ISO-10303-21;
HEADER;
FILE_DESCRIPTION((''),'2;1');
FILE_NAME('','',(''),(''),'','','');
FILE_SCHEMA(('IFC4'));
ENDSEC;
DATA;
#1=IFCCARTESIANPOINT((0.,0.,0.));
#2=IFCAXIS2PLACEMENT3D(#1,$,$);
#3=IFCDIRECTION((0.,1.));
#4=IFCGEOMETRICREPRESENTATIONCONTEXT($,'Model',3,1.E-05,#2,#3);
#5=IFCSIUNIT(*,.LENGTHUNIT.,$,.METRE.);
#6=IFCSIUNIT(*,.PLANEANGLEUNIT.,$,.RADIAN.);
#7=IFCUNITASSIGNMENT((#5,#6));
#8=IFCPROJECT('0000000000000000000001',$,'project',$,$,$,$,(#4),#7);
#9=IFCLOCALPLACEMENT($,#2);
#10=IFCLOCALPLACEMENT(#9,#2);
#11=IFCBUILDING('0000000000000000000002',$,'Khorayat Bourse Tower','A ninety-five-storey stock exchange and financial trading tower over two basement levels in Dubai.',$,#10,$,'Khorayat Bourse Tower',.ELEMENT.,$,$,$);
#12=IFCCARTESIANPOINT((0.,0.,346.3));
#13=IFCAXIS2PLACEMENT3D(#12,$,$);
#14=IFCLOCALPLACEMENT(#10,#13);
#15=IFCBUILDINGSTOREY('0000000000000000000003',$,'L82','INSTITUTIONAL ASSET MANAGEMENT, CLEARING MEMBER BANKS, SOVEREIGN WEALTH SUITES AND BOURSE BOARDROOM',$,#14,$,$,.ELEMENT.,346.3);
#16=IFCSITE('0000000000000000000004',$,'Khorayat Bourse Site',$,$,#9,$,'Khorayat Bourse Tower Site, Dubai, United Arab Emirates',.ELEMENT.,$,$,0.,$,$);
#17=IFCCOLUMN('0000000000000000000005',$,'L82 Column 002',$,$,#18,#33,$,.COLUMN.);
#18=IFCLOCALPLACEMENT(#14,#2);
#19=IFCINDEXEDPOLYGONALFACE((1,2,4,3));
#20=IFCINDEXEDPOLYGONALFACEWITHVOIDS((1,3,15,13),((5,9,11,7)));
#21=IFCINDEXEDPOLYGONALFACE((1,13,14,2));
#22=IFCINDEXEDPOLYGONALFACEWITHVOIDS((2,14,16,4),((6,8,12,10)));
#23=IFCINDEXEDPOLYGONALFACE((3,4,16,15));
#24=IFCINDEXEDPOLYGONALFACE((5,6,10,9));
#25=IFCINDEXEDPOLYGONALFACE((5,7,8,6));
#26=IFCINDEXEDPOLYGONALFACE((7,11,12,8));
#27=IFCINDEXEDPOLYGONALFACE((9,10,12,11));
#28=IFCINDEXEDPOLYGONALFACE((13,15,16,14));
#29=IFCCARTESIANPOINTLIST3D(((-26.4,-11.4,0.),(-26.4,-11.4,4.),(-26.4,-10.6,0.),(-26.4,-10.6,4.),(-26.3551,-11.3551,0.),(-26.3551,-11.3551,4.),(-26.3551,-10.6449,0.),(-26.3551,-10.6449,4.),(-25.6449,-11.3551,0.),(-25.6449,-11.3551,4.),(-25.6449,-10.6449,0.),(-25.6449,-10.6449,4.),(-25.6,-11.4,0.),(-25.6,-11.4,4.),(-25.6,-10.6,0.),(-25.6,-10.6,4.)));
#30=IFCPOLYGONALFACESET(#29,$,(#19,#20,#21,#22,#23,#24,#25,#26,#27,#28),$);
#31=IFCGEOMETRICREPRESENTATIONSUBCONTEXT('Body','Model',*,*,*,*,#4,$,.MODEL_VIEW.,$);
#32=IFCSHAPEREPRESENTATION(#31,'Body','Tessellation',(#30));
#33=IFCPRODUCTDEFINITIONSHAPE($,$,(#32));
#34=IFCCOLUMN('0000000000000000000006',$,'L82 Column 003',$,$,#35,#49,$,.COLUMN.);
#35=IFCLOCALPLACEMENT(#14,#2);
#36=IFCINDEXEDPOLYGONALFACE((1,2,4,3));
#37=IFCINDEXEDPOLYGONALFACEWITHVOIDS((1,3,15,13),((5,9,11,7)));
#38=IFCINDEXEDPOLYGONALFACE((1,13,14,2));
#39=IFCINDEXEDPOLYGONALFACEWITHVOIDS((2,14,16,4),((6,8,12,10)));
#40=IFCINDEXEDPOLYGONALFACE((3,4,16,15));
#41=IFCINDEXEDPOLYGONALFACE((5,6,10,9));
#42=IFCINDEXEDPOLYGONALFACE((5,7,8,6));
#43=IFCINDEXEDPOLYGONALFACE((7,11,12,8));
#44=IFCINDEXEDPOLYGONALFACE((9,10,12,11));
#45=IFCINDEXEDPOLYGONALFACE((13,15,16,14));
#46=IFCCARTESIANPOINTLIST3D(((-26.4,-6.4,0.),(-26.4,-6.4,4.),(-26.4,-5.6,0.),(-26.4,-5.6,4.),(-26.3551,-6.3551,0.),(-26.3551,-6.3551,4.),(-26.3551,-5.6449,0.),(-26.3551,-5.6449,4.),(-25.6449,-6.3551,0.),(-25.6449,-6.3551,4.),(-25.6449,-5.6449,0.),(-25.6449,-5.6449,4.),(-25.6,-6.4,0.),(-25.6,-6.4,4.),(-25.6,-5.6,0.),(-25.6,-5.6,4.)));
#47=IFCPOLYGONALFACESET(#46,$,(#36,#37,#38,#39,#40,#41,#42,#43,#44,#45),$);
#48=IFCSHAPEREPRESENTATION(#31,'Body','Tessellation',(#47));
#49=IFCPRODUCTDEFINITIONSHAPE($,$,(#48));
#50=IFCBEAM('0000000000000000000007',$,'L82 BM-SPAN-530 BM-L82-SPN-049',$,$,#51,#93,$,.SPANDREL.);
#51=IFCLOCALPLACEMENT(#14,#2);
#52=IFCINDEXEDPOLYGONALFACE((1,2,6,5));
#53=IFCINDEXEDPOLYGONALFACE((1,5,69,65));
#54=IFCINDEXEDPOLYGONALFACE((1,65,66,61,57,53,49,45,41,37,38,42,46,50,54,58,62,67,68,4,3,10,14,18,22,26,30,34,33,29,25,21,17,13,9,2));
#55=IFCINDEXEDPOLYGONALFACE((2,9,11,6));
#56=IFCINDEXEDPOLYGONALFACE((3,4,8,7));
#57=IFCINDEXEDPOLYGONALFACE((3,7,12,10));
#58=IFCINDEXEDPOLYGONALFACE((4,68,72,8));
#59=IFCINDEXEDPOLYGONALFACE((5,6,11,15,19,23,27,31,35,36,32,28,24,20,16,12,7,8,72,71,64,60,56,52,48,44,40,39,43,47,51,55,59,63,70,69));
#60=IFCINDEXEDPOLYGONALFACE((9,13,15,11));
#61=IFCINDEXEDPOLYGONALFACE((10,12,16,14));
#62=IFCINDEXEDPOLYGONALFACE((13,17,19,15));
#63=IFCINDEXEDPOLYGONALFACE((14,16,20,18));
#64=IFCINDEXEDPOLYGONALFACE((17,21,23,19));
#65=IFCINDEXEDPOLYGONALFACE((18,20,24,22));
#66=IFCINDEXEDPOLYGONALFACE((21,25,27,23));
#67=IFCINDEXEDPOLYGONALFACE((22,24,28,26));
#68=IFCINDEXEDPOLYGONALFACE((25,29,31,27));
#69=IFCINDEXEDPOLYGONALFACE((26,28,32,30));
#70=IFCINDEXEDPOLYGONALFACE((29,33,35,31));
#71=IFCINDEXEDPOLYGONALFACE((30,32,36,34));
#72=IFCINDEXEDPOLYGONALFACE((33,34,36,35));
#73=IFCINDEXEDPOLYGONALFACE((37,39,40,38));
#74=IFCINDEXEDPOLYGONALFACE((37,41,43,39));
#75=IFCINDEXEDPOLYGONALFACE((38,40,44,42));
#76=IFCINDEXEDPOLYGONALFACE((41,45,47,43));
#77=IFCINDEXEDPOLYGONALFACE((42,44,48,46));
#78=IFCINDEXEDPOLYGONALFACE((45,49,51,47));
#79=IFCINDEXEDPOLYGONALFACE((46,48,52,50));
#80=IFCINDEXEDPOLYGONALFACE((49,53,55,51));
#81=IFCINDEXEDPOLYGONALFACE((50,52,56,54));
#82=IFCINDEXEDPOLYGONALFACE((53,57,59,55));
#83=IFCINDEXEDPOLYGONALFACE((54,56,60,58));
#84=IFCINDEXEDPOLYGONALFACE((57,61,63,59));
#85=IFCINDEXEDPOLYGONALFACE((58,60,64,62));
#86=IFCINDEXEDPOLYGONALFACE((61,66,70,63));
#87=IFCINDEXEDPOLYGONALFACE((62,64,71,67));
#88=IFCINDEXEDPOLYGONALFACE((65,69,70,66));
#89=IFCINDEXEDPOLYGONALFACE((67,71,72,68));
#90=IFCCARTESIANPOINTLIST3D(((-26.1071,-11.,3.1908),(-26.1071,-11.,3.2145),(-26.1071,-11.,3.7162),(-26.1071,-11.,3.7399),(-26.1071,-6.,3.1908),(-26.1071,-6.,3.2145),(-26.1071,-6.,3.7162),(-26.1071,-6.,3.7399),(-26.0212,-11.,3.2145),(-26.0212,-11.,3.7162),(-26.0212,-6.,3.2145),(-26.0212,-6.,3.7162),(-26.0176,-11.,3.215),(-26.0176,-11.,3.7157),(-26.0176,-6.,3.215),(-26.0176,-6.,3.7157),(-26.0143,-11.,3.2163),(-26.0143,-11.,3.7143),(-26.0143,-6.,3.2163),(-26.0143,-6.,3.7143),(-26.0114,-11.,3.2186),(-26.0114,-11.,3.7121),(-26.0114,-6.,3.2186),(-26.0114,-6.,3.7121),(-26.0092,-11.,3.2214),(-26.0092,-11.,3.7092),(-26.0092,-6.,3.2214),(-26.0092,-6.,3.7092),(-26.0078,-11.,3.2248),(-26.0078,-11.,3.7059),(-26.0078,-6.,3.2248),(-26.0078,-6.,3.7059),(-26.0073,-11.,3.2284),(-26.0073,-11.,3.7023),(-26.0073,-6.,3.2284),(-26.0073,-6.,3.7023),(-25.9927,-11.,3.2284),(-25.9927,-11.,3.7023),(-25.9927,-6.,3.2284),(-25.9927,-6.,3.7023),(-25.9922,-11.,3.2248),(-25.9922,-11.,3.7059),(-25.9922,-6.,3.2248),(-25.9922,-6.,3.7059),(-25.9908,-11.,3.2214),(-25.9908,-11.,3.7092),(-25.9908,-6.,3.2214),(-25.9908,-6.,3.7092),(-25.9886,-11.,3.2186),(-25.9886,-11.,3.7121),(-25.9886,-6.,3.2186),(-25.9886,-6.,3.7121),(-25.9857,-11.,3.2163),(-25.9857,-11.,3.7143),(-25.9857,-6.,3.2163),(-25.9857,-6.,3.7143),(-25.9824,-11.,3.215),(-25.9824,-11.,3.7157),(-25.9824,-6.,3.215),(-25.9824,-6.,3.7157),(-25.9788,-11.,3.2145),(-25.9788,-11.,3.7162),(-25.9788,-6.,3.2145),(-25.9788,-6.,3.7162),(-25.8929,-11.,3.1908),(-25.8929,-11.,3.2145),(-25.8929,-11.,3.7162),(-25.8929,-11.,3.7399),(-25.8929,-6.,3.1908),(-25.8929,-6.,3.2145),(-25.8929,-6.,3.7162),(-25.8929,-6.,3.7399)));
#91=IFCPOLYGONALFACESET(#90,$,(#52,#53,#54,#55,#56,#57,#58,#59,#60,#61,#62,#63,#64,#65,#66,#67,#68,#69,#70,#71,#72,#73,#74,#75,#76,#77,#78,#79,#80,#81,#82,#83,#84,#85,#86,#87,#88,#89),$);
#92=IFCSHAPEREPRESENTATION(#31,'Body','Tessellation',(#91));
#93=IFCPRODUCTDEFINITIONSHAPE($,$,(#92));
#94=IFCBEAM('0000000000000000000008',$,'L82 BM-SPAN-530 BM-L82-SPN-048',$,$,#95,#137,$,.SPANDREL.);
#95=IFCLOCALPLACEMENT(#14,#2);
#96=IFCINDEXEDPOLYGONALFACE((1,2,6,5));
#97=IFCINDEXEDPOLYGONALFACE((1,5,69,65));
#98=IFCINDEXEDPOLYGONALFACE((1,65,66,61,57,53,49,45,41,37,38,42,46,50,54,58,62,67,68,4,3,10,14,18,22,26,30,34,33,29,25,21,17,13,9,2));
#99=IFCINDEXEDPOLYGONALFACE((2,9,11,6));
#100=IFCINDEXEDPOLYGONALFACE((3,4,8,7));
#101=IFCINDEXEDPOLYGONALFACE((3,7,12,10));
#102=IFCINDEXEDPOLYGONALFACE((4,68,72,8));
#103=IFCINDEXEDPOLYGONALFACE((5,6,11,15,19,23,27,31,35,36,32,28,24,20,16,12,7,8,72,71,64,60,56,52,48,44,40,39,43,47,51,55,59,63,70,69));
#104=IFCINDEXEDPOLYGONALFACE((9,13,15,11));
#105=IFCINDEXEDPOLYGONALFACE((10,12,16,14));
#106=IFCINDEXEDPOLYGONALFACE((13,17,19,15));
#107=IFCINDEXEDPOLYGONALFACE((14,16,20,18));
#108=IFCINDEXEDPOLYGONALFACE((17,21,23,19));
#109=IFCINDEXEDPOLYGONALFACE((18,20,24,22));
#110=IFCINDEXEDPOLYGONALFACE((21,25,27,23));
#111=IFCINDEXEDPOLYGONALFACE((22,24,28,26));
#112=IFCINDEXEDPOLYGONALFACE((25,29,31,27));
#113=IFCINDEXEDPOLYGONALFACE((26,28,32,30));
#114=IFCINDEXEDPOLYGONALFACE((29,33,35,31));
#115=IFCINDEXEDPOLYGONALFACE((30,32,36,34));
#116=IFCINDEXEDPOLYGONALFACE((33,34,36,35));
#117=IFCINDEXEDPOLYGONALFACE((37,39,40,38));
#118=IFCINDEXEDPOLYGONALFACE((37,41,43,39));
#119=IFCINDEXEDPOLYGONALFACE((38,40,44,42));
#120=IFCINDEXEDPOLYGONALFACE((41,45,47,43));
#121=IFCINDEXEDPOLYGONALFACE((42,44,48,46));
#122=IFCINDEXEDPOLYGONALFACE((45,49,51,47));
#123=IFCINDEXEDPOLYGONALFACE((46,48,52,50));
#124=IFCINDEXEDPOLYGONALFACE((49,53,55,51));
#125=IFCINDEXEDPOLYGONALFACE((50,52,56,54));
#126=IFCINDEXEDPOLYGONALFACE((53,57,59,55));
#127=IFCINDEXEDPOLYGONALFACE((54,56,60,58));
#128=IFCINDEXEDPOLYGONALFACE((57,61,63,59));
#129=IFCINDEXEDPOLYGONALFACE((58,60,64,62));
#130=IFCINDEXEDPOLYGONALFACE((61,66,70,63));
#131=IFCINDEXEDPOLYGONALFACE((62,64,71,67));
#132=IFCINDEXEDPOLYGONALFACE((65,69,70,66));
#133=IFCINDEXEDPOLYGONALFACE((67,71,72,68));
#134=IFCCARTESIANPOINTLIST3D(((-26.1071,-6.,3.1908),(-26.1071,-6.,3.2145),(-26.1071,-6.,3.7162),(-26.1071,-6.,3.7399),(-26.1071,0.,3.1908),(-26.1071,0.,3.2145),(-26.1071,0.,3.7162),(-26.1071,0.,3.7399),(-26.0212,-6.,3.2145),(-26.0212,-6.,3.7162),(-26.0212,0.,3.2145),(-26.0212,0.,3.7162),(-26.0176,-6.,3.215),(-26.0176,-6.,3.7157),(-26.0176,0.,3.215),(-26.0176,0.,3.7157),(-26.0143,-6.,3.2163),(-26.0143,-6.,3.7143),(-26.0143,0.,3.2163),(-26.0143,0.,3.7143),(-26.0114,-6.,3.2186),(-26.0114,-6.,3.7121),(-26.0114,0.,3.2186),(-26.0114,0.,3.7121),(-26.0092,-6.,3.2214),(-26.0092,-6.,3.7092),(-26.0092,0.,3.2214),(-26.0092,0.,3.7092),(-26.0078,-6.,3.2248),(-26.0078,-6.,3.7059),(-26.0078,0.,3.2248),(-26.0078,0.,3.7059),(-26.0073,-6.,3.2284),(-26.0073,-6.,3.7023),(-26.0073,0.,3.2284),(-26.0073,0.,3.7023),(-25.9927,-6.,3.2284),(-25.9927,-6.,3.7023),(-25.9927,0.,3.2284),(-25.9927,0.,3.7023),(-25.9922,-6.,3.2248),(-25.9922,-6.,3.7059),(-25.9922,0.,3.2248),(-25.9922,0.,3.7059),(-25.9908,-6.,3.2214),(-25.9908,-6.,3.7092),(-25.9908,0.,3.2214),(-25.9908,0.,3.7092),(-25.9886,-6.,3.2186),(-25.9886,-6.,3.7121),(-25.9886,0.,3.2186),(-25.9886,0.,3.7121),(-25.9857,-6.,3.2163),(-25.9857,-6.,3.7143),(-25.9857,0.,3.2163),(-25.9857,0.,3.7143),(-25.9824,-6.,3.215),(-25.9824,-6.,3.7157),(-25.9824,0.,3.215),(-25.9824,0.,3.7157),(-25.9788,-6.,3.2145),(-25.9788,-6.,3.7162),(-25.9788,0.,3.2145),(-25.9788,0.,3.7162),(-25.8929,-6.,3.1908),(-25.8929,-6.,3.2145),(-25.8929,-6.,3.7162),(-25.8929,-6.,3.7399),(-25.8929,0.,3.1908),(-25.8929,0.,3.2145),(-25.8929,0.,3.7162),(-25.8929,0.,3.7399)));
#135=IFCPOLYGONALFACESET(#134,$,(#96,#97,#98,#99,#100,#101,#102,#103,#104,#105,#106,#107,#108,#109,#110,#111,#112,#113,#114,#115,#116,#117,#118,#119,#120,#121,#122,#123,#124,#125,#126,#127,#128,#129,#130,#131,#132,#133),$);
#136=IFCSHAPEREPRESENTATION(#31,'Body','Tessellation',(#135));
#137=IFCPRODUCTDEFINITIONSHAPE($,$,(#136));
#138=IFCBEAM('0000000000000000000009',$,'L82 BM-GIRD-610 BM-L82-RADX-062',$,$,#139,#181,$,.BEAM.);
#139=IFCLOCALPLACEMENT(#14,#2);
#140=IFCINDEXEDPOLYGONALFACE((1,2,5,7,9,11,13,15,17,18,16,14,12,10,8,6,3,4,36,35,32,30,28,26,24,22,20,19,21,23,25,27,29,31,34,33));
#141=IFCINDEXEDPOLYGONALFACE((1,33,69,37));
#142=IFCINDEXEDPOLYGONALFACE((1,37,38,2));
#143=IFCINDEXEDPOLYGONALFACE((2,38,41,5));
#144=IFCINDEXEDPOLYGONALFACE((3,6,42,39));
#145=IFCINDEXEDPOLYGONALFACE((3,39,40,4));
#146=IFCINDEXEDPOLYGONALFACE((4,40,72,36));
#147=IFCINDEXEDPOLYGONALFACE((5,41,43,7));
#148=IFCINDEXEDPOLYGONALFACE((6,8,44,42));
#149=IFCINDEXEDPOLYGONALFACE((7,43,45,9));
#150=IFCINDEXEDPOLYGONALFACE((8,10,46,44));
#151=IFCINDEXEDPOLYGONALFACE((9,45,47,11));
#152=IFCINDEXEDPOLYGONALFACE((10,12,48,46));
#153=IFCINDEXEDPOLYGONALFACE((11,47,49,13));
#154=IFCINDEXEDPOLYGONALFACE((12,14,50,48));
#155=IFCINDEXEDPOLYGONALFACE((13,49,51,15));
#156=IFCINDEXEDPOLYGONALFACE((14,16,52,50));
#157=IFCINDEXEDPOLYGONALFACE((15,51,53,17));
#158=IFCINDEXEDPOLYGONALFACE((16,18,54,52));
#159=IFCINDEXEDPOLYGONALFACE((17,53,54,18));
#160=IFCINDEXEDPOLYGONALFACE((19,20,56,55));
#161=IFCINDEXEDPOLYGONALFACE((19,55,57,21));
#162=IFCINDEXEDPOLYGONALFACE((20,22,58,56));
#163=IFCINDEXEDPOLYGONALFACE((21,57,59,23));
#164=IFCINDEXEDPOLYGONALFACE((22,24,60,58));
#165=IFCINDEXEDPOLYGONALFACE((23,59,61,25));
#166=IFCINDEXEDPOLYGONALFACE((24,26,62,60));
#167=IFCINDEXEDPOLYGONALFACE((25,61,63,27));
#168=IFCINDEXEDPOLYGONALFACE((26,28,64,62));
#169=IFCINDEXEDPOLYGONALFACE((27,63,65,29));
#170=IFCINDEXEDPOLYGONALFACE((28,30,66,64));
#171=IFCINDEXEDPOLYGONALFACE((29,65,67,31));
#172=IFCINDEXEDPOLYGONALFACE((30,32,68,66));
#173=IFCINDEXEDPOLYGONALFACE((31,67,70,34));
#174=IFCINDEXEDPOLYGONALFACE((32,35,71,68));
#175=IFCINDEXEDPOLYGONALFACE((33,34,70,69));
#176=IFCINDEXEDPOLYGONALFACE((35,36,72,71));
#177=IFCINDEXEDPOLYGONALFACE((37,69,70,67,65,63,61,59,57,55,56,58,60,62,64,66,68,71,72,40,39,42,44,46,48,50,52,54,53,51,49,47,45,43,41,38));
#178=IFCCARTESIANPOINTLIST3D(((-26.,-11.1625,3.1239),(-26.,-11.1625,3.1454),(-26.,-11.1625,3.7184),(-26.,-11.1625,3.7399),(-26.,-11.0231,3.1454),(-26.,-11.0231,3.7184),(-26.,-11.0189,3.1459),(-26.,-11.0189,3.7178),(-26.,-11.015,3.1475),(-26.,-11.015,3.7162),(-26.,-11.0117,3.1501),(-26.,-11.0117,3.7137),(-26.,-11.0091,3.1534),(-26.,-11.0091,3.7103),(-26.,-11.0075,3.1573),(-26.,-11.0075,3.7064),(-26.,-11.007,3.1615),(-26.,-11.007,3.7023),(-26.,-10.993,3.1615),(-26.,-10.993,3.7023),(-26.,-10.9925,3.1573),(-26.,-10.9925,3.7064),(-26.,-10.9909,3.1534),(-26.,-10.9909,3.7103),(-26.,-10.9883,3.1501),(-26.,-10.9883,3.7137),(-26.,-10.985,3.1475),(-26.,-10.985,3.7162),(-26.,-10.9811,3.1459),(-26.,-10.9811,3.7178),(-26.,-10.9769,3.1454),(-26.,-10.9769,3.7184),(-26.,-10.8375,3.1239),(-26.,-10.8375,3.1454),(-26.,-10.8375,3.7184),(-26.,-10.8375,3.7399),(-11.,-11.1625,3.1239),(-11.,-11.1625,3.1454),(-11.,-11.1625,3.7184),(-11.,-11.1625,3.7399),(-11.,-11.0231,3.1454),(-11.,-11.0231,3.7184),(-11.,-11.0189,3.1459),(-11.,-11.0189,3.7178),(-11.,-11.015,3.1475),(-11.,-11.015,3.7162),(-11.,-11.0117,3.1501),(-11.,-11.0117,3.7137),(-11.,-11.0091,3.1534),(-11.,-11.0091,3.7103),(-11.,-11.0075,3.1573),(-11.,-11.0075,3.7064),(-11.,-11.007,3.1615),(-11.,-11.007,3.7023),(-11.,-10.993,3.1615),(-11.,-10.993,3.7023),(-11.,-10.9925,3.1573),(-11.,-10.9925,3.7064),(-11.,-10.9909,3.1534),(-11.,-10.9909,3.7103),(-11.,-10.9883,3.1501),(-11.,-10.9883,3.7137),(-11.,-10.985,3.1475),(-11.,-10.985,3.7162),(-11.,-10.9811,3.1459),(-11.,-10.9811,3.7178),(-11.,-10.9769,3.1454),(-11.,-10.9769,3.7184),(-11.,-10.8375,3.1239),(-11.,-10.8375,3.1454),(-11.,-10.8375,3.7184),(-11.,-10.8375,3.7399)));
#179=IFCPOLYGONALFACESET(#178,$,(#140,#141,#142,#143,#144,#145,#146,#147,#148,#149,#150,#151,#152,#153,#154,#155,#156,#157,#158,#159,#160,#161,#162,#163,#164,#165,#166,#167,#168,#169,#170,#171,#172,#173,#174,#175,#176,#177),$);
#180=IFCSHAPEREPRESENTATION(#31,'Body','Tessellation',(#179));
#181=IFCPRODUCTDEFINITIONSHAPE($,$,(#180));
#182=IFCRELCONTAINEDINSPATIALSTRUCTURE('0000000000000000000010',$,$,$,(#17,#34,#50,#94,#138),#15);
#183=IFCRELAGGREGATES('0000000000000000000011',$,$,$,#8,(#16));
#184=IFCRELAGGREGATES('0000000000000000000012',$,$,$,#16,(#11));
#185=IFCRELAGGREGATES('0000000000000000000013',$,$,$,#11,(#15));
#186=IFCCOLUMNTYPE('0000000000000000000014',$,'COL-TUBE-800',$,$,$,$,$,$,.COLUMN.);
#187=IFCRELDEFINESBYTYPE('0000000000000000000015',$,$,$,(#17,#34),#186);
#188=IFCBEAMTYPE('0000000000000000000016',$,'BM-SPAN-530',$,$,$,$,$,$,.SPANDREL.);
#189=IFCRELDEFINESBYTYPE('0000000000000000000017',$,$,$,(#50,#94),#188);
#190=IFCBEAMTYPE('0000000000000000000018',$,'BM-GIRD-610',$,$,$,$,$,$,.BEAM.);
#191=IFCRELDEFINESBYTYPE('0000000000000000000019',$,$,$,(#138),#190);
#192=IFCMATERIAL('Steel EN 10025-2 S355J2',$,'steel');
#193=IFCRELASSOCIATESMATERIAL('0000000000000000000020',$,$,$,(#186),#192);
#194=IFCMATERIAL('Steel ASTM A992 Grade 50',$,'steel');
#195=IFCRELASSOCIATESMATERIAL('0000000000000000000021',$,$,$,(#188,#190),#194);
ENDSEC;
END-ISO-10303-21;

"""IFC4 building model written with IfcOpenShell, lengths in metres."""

from ifc_helpers import new_model, si_unit, direction, frame, origin, origin_2d, place, context, subcontext, project, spatial, hollow_rectangle, i_section, extrude, source, transform, mapped, material, material_profile, profile_set, type_object, element, save


model = new_model("IFC4")

# Units and contexts
model_context = context("Model", 3, precision=1e-05, world=origin(), true_north=direction((0.0, 1.0)))
body_context = subcontext(model_context, "Body", "Model", "MODEL_VIEW")
ifc_project = project(units=[si_unit("LENGTHUNIT", "METRE"), si_unit("PLANEANGLEUNIT", "RADIAN")], contexts=[model_context])

# Site, building, storey
site_placement = place(None, origin())
site = spatial("IfcSite", under=ifc_project, at=site_placement, Name="Khorayat Bourse Site", LongName="Khorayat Bourse Tower Site, Dubai, United Arab Emirates", CompositionType="ELEMENT", RefElevation=0.0)
building_placement = place(site_placement, origin())
building = spatial("IfcBuilding", under=site, at=building_placement, Name="Khorayat Bourse Tower", Description="A ninety-five-storey stock exchange and financial trading tower over two basement levels in Dubai.", LongName="Khorayat Bourse Tower", CompositionType="ELEMENT")
storey_placement = place(building_placement, frame((0.0, 0.0, 346.3)))
storey = spatial("IfcBuildingStorey", under=building, at=storey_placement, Name="L82", Description="INSTITUTIONAL ASSET MANAGEMENT, CLEARING MEMBER BANKS, SOVEREIGN WEALTH SUITES AND BOURSE BOARDROOM", CompositionType="ELEMENT", Elevation=346.3)

# Columns
ifc_material_1 = material(Name="Steel EN 10025-2 S355J2", Category="steel")
ifc_material_profile_1 = material_profile(ifc_material_1, hollow_rectangle(XDim=0.8, YDim=0.8, WallThickness=0.0449, at=origin_2d()), Name="BOX 800x800x45")
ifc_profile_set_1 = profile_set([ifc_material_profile_1], Name="Steel EN 10025-2 S355J2")
column_type = type_object("IfcColumnType", Name="COL-TUBE-800", PredefinedType="COLUMN", material=ifc_profile_set_1)
shared_shape_1 = source(origin(), body_context, "Body", "SweptSolid", [
    extrude(hollow_rectangle(XDim=0.8, YDim=0.8, WallThickness=0.0449, at=origin_2d()), origin(), (0.0, 0.0, 1.0), 4.0),
])
for number, where, z_axis, x_axis, name in (
    (1, (-26.0, -11.0, 0.0), (0.0, 0.0, 1.0), (1.0, 0.0, 0.0), "L82 Column 002"),
    (2, (-26.0, -6.0, 0.0), (0.0, 0.0, 1.0), (1.0, 0.0, 0.0), "L82 Column 003"),
):
    element("IfcColumn", number, at=place(storey_placement, frame(where, z_axis=z_axis, x_axis=x_axis)), inside=storey, type_object=column_type, Name=name, PredefinedType="COLUMN", context=body_context, shape_type="MappedRepresentation", body=[
        mapped(shared_shape_1, transform((0.0, 0.0, 0.0), scale=1.0)),
    ])

# Beams
ifc_material_2 = material(Name="Steel ASTM A992 Grade 50", Category="steel")
ifc_material_profile_2 = material_profile(ifc_material_2, i_section(OverallWidth=0.2141, OverallDepth=0.5491, WebThickness=0.0146, FlangeThickness=0.0237, FilletRadius=0.0139, at=origin_2d()), Name="W530X138")
ifc_profile_set_2 = profile_set([ifc_material_profile_2], Name="Steel ASTM A992 Grade 50")
beam_type_1 = type_object("IfcBeamType", Name="BM-SPAN-530", PredefinedType="SPANDREL", material=ifc_profile_set_2)
shared_shape_2 = source(origin(), body_context, "Body", "SweptSolid", [
    extrude(i_section(OverallWidth=0.2141, OverallDepth=0.5491, WebThickness=0.0146, FlangeThickness=0.0237, FilletRadius=0.0139, at=origin_2d()), origin(), (0.0, 0.0, 1.0), 5.0),
])
beam_1_placement = place(storey_placement, frame((-26.0, -11.0, 3.4653), z_axis=(0.0, 1.0, 0.0), x_axis=(-1.0, 0.0, 0.0)))
element("IfcBeam", 3, at=beam_1_placement, inside=storey, type_object=beam_type_1, Name="L82 BM-SPAN-530 BM-L82-SPN-049", PredefinedType="SPANDREL", context=body_context, shape_type="MappedRepresentation", body=[
    mapped(shared_shape_2, transform((0.0, 0.0, 0.0), scale=1.0)),
])
shared_shape_3 = source(origin(), body_context, "Body", "SweptSolid", [
    extrude(i_section(OverallWidth=0.2141, OverallDepth=0.5491, WebThickness=0.0146, FlangeThickness=0.0237, FilletRadius=0.0139, at=origin_2d()), origin(), (0.0, 0.0, 1.0), 6.0),
])
beam_2_placement = place(storey_placement, frame((-26.0, -6.0, 3.4653), z_axis=(0.0, 1.0, 0.0), x_axis=(-1.0, 0.0, 0.0)))
element("IfcBeam", 4, at=beam_2_placement, inside=storey, type_object=beam_type_1, Name="L82 BM-SPAN-530 BM-L82-SPN-048", PredefinedType="SPANDREL", context=body_context, shape_type="MappedRepresentation", body=[
    mapped(shared_shape_3, transform((0.0, 0.0, 0.0), scale=1.0)),
])
ifc_material_profile_3 = material_profile(ifc_material_2, i_section(OverallWidth=0.325, OverallDepth=0.616, WebThickness=0.0139, FlangeThickness=0.0215, FilletRadius=0.0161, at=origin_2d()), Name="W610X174")
ifc_profile_set_3 = profile_set([ifc_material_profile_3], Name="Steel ASTM A992 Grade 50")
beam_type_2 = type_object("IfcBeamType", Name="BM-GIRD-610", PredefinedType="BEAM", material=ifc_profile_set_3)
shared_shape_4 = source(origin(), body_context, "Body", "SweptSolid", [
    extrude(i_section(OverallWidth=0.325, OverallDepth=0.616, WebThickness=0.0139, FlangeThickness=0.0215, FilletRadius=0.0161, at=origin_2d()), origin(), (0.0, 0.0, 1.0), 15.0),
])
beam_3_placement = place(storey_placement, frame((-26.0, -11.0, 3.4319), z_axis=(1.0, 0.0, 0.0), x_axis=(0.0, 1.0, 0.0)))
element("IfcBeam", 5, at=beam_3_placement, inside=storey, type_object=beam_type_2, Name="L82 BM-GIRD-610 BM-L82-RADX-062", PredefinedType="BEAM", context=body_context, shape_type="MappedRepresentation", body=[
    mapped(shared_shape_4, transform((0.0, 0.0, 0.0), scale=1.0)),
])

save(model, "model.ifc")
